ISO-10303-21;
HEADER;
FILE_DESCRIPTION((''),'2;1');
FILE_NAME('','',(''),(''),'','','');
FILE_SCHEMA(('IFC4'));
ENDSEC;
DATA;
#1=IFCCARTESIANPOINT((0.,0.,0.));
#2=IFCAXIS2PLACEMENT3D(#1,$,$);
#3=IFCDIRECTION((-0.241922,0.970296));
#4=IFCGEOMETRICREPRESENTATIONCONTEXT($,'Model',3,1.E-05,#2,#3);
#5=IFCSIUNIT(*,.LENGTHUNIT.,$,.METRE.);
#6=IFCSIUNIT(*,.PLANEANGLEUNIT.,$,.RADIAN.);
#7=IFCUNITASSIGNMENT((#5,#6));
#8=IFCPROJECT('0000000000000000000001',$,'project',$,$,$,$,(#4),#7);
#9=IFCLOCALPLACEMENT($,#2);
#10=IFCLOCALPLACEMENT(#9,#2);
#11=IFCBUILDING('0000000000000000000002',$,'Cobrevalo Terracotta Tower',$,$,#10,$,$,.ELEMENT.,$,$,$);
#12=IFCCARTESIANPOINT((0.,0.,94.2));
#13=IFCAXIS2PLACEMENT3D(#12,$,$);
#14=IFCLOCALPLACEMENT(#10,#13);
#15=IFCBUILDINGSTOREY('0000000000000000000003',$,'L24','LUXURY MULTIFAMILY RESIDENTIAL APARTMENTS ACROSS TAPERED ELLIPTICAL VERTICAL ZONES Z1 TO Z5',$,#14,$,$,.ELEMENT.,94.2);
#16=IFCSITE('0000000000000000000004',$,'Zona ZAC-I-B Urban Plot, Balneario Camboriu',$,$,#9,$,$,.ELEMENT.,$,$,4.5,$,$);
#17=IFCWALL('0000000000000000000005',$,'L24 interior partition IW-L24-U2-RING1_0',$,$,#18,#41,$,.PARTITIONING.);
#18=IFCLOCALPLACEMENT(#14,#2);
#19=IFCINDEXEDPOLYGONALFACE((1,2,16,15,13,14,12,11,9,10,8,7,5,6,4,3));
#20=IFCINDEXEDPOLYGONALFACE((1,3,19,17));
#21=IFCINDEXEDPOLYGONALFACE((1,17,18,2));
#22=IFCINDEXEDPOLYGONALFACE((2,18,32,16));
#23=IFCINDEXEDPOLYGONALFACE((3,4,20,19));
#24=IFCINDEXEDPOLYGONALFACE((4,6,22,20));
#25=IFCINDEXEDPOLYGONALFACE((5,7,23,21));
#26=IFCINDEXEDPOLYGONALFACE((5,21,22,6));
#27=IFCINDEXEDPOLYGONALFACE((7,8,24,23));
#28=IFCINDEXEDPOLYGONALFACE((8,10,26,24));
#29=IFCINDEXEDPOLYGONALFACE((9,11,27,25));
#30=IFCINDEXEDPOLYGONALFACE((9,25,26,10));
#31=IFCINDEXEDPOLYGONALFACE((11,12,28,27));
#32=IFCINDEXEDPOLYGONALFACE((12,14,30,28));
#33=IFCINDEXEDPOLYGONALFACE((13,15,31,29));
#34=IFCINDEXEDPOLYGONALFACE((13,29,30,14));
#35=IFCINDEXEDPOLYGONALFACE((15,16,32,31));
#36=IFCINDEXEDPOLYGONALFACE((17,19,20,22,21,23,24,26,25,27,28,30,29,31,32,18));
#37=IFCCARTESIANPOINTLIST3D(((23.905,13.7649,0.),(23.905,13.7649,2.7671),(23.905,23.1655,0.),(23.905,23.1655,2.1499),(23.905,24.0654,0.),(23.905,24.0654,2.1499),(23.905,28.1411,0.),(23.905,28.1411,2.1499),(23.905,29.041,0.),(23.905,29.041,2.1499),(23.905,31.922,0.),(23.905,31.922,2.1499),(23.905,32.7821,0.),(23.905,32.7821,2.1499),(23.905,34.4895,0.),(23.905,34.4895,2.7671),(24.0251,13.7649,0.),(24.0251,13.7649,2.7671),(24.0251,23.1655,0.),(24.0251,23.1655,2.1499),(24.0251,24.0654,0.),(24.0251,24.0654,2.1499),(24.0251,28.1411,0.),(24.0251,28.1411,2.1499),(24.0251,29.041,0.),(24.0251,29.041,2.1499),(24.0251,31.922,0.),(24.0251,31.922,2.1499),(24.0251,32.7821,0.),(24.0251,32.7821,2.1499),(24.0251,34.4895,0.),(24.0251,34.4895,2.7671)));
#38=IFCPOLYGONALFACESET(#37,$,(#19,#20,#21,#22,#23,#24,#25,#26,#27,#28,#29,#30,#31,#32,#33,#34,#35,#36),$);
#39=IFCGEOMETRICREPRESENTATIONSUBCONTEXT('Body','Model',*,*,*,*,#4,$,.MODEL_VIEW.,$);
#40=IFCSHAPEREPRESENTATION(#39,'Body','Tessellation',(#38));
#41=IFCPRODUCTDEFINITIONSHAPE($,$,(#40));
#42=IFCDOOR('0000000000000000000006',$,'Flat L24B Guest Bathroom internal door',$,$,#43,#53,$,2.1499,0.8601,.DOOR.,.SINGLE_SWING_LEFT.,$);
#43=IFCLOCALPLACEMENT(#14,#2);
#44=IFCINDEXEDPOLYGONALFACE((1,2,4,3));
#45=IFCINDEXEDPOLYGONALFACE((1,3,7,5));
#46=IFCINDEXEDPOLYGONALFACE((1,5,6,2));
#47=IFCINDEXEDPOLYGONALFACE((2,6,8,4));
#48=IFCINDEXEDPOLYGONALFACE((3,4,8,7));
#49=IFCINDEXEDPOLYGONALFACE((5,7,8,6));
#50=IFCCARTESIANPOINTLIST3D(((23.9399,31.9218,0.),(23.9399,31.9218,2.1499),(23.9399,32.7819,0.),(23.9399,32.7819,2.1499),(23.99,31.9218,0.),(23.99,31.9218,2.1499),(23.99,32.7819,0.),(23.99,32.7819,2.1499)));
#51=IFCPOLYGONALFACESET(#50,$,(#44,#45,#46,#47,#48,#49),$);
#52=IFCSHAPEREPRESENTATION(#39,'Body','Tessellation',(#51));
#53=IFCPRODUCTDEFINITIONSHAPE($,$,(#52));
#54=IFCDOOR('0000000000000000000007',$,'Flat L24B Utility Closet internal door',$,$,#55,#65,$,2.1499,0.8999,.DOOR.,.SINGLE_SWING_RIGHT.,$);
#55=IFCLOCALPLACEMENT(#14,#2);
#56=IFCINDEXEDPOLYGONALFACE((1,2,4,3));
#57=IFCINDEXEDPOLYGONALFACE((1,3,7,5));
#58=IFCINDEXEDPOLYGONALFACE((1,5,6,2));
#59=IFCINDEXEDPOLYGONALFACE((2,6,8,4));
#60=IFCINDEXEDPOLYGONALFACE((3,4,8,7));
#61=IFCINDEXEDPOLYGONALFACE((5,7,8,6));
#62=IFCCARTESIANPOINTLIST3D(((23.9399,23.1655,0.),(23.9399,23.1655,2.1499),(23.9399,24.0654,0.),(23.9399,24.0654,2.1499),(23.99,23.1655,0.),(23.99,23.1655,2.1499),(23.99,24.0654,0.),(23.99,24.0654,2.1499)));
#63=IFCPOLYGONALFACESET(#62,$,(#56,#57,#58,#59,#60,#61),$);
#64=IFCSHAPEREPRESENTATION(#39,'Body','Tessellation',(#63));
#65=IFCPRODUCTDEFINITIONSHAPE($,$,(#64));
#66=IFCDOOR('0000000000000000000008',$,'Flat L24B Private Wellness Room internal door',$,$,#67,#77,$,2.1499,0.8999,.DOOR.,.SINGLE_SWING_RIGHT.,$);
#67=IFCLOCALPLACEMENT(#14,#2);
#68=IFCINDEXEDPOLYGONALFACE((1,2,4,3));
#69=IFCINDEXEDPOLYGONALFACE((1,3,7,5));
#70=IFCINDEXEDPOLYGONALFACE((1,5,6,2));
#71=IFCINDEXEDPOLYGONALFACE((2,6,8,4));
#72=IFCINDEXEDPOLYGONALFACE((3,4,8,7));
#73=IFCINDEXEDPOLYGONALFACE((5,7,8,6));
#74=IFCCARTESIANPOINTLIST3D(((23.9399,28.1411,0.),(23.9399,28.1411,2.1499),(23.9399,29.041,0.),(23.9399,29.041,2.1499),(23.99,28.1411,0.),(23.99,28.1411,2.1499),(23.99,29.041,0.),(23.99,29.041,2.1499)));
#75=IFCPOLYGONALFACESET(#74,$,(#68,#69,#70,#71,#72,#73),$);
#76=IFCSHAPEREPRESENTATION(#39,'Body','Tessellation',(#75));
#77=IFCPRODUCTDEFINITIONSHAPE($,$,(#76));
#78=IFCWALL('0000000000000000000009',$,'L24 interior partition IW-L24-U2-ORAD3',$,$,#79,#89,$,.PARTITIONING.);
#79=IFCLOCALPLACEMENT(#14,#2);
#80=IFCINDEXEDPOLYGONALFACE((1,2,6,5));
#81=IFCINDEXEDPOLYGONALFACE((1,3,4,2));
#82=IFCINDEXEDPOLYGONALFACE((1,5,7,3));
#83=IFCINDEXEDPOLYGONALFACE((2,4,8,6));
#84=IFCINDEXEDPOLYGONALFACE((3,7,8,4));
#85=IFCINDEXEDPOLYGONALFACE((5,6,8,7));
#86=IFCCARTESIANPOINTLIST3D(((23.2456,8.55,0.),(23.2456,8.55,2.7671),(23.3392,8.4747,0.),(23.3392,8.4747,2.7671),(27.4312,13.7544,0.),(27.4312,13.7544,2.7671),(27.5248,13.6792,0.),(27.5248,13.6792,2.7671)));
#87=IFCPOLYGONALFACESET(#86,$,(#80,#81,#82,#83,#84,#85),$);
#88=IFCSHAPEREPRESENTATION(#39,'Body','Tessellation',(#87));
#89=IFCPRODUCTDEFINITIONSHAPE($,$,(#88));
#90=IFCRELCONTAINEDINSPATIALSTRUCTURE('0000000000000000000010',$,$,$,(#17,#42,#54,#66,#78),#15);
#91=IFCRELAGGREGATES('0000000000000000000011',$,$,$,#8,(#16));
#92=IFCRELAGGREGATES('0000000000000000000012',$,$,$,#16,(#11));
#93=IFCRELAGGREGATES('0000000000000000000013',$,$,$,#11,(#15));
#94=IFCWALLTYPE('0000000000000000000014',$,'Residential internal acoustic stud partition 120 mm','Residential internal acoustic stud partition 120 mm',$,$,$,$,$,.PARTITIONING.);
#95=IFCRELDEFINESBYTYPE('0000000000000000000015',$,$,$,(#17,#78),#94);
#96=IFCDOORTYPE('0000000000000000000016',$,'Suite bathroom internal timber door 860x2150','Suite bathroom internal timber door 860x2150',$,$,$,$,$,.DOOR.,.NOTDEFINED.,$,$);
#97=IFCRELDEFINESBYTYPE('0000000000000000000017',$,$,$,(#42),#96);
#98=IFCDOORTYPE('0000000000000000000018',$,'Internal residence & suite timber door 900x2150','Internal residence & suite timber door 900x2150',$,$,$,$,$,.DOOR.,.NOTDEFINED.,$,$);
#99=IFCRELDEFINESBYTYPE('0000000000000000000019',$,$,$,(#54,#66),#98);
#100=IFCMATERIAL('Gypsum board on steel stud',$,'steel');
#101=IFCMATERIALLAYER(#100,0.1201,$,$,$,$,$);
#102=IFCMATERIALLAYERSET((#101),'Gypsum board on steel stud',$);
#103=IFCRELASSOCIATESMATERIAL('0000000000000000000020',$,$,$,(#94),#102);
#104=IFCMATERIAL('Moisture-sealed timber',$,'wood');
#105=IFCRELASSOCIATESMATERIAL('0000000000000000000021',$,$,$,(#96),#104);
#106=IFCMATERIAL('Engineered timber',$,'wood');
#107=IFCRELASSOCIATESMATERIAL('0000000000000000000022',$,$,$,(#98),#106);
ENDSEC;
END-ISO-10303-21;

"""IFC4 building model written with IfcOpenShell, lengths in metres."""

from ifc_helpers import new_model, si_unit, direction, frame, frame_2d, origin, place, context, subcontext, project, spatial, rectangle, extrude, source, transform, mapped, material, layer, layer_set, type_object, element, fill, save


model = new_model("IFC4")

# Units and contexts
model_context = context("Model", 3, precision=1e-05, world=origin(), true_north=direction((-0.241922, 0.970296)))
body_context = subcontext(model_context, "Body", "Model", "MODEL_VIEW")
ifc_project = project(units=[si_unit("LENGTHUNIT", "METRE"), si_unit("PLANEANGLEUNIT", "RADIAN")], contexts=[model_context])

# Site, building, storey
site_placement = place(None, origin())
site = spatial("IfcSite", under=ifc_project, at=site_placement, Name="Zona ZAC-I-B Urban Plot, Balneario Camboriu", CompositionType="ELEMENT", RefElevation=4.5)
building_placement = place(site_placement, origin())
building = spatial("IfcBuilding", under=site, at=building_placement, Name="Cobrevalo Terracotta Tower", CompositionType="ELEMENT")
storey_placement = place(building_placement, frame((0.0, 0.0, 94.2)))
storey = spatial("IfcBuildingStorey", under=building, at=storey_placement, Name="L24", Description="LUXURY MULTIFAMILY RESIDENTIAL APARTMENTS ACROSS TAPERED ELLIPTICAL VERTICAL ZONES Z1 TO Z5", CompositionType="ELEMENT", Elevation=94.2)

# Wall, openings, doors
ifc_material_1 = material(Name="Gypsum board on steel stud", Category="steel")
ifc_layer_1 = layer(ifc_material_1, 0.1201)
ifc_layer_set_1 = layer_set([ifc_layer_1], Name="Gypsum board on steel stud")
wall_type_1 = type_object("IfcWallType", Name="Residential internal acoustic stud partition 120 mm", Description="Residential internal acoustic stud partition 120 mm", PredefinedType="PARTITIONING", material=ifc_layer_set_1)
wall_1_placement = place(storey_placement, frame((23.9651, 13.7649, 0.0), z_axis=(0.0, 0.0, 1.0), x_axis=(0.0, 1.0, 0.0)))
wall_1 = element("IfcWall", 1, at=wall_1_placement, inside=storey, type_object=wall_type_1, Name="L24 interior partition IW-L24-U2-RING1_0", PredefinedType="PARTITIONING", context=body_context, shape_type="SweptSolid", body=[
    extrude(rectangle(XDim=20.7246, YDim=0.1201, at=frame_2d((10.3623, 0.0))), origin(), (0.0, 0.0, 1.0), 2.7671),
])
opening_1_placement = place(wall_1_placement, frame((9.4006, 0.0, 0.0)))
opening_1 = element("IfcOpeningElement", 2, at=opening_1_placement, cuts=wall_1, PredefinedType="OPENING", context=body_context, shape_type="SweptSolid", body=[
    extrude(rectangle(XDim=0.8999, YDim=2.1499, at=frame_2d((0.45, 1.075))), frame((0.0, 0.0701, 0.0), z_axis=(0.0, -1.0, 0.0), x_axis=(1.0, 0.0, 0.0)), (0.0, 0.0, 1.0), 0.1401),
])
opening_2_placement = place(wall_1_placement, frame((18.157, 0.0, 0.0)))
opening_2 = element("IfcOpeningElement", 3, at=opening_2_placement, cuts=wall_1, PredefinedType="OPENING", context=body_context, shape_type="SweptSolid", body=[
    extrude(rectangle(XDim=0.8601, YDim=2.1499, at=frame_2d((0.4302, 1.075))), frame((0.0, 0.0701, 0.0), z_axis=(0.0, -1.0, 0.0), x_axis=(1.0, 0.0, 0.0)), (0.0, 0.0, 1.0), 0.1401),
])
opening_3_placement = place(wall_1_placement, frame((14.3762, 0.0, 0.0)))
opening_3 = element("IfcOpeningElement", 4, at=opening_3_placement, cuts=wall_1, PredefinedType="OPENING", context=body_context, shape_type="SweptSolid", body=[
    extrude(rectangle(XDim=0.8999, YDim=2.1499, at=frame_2d((0.45, 1.075))), frame((0.0, 0.0701, 0.0), z_axis=(0.0, -1.0, 0.0), x_axis=(1.0, 0.0, 0.0)), (0.0, 0.0, 1.0), 0.1401),
])
ifc_material_2 = material(Name="Moisture-sealed timber", Category="wood")
door_type_1 = type_object("IfcDoorType", Name="Suite bathroom internal timber door 860x2150", Description="Suite bathroom internal timber door 860x2150", OperationType="NOTDEFINED", PredefinedType="DOOR", material=ifc_material_2)
shared_shape_1 = source(origin(), body_context, "Body", "SweptSolid", [
    extrude(rectangle(XDim=0.8601, YDim=2.1499, at=frame_2d((0.4302, 1.075))), frame((0.0, 0.0249, 0.0), z_axis=(0.0, -1.0, 0.0), x_axis=(1.0, 0.0, 0.0)), (0.0, 0.0, 1.0), 0.05),
])
door_1_placement = place(opening_2_placement, frame((0.8601, 0.0, 0.0), z_axis=(0.0, 0.0, 1.0), x_axis=(-1.0, 0.0, 0.0)))
door_1 = element("IfcDoor", 5, at=door_1_placement, inside=storey, type_object=door_type_1, Name="Flat L24B Guest Bathroom internal door", OperationType="SINGLE_SWING_LEFT", OverallHeight=2.1499, OverallWidth=0.8601, PredefinedType="DOOR", context=body_context, shape_type="MappedRepresentation", body=[
    mapped(shared_shape_1, transform((0.0, 0.0, 0.0), scale=1.0)),
])
fill(opening_2, door_1)
ifc_material_3 = material(Name="Engineered timber", Category="wood")
door_type_2 = type_object("IfcDoorType", Name="Internal residence & suite timber door 900x2150", Description="Internal residence & suite timber door 900x2150", OperationType="NOTDEFINED", PredefinedType="DOOR", material=ifc_material_3)
shared_shape_2 = source(origin(), body_context, "Body", "SweptSolid", [
    extrude(rectangle(XDim=0.8999, YDim=2.1499, at=frame_2d((0.45, 1.075))), frame((0.0, 0.0249, 0.0), z_axis=(0.0, -1.0, 0.0), x_axis=(1.0, 0.0, 0.0)), (0.0, 0.0, 1.0), 0.05),
])
door_2_placement = place(opening_1_placement, frame((0.8999, 0.0, 0.0), z_axis=(0.0, 0.0, 1.0), x_axis=(-1.0, 0.0, 0.0)))
door_2 = element("IfcDoor", 6, at=door_2_placement, inside=storey, type_object=door_type_2, Name="Flat L24B Utility Closet internal door", OperationType="SINGLE_SWING_RIGHT", OverallHeight=2.1499, OverallWidth=0.8999, PredefinedType="DOOR", context=body_context, shape_type="MappedRepresentation", body=[
    mapped(shared_shape_2, transform((0.0, 0.0, 0.0), scale=1.0)),
])
fill(opening_1, door_2)
door_3_placement = place(opening_3_placement, frame((0.8999, 0.0, 0.0), z_axis=(0.0, 0.0, 1.0), x_axis=(-1.0, 0.0, 0.0)))
door_3 = element("IfcDoor", 7, at=door_3_placement, inside=storey, type_object=door_type_2, Name="Flat L24B Private Wellness Room internal door", OperationType="SINGLE_SWING_RIGHT", OverallHeight=2.1499, OverallWidth=0.8999, PredefinedType="DOOR", context=body_context, shape_type="MappedRepresentation", body=[
    mapped(shared_shape_2, transform((0.0, 0.0, 0.0), scale=1.0)),
])
fill(opening_3, door_3)

# Wall
wall_2_placement = place(storey_placement, frame((27.478, 13.7168, 0.0), z_axis=(0.0, 0.0, 1.0), x_axis=(-0.626708, -0.779254, 0.0)))
element("IfcWall", 8, at=wall_2_placement, inside=storey, type_object=wall_type_1, Name="L24 interior partition IW-L24-U2-ORAD3", PredefinedType="PARTITIONING", context=body_context, shape_type="SweptSolid", body=[
    extrude(rectangle(XDim=6.6787, YDim=0.1201, at=frame_2d((3.3394, 0.0))), origin(), (0.0, 0.0, 1.0), 2.7671),
])

save(model, "model.ifc")
